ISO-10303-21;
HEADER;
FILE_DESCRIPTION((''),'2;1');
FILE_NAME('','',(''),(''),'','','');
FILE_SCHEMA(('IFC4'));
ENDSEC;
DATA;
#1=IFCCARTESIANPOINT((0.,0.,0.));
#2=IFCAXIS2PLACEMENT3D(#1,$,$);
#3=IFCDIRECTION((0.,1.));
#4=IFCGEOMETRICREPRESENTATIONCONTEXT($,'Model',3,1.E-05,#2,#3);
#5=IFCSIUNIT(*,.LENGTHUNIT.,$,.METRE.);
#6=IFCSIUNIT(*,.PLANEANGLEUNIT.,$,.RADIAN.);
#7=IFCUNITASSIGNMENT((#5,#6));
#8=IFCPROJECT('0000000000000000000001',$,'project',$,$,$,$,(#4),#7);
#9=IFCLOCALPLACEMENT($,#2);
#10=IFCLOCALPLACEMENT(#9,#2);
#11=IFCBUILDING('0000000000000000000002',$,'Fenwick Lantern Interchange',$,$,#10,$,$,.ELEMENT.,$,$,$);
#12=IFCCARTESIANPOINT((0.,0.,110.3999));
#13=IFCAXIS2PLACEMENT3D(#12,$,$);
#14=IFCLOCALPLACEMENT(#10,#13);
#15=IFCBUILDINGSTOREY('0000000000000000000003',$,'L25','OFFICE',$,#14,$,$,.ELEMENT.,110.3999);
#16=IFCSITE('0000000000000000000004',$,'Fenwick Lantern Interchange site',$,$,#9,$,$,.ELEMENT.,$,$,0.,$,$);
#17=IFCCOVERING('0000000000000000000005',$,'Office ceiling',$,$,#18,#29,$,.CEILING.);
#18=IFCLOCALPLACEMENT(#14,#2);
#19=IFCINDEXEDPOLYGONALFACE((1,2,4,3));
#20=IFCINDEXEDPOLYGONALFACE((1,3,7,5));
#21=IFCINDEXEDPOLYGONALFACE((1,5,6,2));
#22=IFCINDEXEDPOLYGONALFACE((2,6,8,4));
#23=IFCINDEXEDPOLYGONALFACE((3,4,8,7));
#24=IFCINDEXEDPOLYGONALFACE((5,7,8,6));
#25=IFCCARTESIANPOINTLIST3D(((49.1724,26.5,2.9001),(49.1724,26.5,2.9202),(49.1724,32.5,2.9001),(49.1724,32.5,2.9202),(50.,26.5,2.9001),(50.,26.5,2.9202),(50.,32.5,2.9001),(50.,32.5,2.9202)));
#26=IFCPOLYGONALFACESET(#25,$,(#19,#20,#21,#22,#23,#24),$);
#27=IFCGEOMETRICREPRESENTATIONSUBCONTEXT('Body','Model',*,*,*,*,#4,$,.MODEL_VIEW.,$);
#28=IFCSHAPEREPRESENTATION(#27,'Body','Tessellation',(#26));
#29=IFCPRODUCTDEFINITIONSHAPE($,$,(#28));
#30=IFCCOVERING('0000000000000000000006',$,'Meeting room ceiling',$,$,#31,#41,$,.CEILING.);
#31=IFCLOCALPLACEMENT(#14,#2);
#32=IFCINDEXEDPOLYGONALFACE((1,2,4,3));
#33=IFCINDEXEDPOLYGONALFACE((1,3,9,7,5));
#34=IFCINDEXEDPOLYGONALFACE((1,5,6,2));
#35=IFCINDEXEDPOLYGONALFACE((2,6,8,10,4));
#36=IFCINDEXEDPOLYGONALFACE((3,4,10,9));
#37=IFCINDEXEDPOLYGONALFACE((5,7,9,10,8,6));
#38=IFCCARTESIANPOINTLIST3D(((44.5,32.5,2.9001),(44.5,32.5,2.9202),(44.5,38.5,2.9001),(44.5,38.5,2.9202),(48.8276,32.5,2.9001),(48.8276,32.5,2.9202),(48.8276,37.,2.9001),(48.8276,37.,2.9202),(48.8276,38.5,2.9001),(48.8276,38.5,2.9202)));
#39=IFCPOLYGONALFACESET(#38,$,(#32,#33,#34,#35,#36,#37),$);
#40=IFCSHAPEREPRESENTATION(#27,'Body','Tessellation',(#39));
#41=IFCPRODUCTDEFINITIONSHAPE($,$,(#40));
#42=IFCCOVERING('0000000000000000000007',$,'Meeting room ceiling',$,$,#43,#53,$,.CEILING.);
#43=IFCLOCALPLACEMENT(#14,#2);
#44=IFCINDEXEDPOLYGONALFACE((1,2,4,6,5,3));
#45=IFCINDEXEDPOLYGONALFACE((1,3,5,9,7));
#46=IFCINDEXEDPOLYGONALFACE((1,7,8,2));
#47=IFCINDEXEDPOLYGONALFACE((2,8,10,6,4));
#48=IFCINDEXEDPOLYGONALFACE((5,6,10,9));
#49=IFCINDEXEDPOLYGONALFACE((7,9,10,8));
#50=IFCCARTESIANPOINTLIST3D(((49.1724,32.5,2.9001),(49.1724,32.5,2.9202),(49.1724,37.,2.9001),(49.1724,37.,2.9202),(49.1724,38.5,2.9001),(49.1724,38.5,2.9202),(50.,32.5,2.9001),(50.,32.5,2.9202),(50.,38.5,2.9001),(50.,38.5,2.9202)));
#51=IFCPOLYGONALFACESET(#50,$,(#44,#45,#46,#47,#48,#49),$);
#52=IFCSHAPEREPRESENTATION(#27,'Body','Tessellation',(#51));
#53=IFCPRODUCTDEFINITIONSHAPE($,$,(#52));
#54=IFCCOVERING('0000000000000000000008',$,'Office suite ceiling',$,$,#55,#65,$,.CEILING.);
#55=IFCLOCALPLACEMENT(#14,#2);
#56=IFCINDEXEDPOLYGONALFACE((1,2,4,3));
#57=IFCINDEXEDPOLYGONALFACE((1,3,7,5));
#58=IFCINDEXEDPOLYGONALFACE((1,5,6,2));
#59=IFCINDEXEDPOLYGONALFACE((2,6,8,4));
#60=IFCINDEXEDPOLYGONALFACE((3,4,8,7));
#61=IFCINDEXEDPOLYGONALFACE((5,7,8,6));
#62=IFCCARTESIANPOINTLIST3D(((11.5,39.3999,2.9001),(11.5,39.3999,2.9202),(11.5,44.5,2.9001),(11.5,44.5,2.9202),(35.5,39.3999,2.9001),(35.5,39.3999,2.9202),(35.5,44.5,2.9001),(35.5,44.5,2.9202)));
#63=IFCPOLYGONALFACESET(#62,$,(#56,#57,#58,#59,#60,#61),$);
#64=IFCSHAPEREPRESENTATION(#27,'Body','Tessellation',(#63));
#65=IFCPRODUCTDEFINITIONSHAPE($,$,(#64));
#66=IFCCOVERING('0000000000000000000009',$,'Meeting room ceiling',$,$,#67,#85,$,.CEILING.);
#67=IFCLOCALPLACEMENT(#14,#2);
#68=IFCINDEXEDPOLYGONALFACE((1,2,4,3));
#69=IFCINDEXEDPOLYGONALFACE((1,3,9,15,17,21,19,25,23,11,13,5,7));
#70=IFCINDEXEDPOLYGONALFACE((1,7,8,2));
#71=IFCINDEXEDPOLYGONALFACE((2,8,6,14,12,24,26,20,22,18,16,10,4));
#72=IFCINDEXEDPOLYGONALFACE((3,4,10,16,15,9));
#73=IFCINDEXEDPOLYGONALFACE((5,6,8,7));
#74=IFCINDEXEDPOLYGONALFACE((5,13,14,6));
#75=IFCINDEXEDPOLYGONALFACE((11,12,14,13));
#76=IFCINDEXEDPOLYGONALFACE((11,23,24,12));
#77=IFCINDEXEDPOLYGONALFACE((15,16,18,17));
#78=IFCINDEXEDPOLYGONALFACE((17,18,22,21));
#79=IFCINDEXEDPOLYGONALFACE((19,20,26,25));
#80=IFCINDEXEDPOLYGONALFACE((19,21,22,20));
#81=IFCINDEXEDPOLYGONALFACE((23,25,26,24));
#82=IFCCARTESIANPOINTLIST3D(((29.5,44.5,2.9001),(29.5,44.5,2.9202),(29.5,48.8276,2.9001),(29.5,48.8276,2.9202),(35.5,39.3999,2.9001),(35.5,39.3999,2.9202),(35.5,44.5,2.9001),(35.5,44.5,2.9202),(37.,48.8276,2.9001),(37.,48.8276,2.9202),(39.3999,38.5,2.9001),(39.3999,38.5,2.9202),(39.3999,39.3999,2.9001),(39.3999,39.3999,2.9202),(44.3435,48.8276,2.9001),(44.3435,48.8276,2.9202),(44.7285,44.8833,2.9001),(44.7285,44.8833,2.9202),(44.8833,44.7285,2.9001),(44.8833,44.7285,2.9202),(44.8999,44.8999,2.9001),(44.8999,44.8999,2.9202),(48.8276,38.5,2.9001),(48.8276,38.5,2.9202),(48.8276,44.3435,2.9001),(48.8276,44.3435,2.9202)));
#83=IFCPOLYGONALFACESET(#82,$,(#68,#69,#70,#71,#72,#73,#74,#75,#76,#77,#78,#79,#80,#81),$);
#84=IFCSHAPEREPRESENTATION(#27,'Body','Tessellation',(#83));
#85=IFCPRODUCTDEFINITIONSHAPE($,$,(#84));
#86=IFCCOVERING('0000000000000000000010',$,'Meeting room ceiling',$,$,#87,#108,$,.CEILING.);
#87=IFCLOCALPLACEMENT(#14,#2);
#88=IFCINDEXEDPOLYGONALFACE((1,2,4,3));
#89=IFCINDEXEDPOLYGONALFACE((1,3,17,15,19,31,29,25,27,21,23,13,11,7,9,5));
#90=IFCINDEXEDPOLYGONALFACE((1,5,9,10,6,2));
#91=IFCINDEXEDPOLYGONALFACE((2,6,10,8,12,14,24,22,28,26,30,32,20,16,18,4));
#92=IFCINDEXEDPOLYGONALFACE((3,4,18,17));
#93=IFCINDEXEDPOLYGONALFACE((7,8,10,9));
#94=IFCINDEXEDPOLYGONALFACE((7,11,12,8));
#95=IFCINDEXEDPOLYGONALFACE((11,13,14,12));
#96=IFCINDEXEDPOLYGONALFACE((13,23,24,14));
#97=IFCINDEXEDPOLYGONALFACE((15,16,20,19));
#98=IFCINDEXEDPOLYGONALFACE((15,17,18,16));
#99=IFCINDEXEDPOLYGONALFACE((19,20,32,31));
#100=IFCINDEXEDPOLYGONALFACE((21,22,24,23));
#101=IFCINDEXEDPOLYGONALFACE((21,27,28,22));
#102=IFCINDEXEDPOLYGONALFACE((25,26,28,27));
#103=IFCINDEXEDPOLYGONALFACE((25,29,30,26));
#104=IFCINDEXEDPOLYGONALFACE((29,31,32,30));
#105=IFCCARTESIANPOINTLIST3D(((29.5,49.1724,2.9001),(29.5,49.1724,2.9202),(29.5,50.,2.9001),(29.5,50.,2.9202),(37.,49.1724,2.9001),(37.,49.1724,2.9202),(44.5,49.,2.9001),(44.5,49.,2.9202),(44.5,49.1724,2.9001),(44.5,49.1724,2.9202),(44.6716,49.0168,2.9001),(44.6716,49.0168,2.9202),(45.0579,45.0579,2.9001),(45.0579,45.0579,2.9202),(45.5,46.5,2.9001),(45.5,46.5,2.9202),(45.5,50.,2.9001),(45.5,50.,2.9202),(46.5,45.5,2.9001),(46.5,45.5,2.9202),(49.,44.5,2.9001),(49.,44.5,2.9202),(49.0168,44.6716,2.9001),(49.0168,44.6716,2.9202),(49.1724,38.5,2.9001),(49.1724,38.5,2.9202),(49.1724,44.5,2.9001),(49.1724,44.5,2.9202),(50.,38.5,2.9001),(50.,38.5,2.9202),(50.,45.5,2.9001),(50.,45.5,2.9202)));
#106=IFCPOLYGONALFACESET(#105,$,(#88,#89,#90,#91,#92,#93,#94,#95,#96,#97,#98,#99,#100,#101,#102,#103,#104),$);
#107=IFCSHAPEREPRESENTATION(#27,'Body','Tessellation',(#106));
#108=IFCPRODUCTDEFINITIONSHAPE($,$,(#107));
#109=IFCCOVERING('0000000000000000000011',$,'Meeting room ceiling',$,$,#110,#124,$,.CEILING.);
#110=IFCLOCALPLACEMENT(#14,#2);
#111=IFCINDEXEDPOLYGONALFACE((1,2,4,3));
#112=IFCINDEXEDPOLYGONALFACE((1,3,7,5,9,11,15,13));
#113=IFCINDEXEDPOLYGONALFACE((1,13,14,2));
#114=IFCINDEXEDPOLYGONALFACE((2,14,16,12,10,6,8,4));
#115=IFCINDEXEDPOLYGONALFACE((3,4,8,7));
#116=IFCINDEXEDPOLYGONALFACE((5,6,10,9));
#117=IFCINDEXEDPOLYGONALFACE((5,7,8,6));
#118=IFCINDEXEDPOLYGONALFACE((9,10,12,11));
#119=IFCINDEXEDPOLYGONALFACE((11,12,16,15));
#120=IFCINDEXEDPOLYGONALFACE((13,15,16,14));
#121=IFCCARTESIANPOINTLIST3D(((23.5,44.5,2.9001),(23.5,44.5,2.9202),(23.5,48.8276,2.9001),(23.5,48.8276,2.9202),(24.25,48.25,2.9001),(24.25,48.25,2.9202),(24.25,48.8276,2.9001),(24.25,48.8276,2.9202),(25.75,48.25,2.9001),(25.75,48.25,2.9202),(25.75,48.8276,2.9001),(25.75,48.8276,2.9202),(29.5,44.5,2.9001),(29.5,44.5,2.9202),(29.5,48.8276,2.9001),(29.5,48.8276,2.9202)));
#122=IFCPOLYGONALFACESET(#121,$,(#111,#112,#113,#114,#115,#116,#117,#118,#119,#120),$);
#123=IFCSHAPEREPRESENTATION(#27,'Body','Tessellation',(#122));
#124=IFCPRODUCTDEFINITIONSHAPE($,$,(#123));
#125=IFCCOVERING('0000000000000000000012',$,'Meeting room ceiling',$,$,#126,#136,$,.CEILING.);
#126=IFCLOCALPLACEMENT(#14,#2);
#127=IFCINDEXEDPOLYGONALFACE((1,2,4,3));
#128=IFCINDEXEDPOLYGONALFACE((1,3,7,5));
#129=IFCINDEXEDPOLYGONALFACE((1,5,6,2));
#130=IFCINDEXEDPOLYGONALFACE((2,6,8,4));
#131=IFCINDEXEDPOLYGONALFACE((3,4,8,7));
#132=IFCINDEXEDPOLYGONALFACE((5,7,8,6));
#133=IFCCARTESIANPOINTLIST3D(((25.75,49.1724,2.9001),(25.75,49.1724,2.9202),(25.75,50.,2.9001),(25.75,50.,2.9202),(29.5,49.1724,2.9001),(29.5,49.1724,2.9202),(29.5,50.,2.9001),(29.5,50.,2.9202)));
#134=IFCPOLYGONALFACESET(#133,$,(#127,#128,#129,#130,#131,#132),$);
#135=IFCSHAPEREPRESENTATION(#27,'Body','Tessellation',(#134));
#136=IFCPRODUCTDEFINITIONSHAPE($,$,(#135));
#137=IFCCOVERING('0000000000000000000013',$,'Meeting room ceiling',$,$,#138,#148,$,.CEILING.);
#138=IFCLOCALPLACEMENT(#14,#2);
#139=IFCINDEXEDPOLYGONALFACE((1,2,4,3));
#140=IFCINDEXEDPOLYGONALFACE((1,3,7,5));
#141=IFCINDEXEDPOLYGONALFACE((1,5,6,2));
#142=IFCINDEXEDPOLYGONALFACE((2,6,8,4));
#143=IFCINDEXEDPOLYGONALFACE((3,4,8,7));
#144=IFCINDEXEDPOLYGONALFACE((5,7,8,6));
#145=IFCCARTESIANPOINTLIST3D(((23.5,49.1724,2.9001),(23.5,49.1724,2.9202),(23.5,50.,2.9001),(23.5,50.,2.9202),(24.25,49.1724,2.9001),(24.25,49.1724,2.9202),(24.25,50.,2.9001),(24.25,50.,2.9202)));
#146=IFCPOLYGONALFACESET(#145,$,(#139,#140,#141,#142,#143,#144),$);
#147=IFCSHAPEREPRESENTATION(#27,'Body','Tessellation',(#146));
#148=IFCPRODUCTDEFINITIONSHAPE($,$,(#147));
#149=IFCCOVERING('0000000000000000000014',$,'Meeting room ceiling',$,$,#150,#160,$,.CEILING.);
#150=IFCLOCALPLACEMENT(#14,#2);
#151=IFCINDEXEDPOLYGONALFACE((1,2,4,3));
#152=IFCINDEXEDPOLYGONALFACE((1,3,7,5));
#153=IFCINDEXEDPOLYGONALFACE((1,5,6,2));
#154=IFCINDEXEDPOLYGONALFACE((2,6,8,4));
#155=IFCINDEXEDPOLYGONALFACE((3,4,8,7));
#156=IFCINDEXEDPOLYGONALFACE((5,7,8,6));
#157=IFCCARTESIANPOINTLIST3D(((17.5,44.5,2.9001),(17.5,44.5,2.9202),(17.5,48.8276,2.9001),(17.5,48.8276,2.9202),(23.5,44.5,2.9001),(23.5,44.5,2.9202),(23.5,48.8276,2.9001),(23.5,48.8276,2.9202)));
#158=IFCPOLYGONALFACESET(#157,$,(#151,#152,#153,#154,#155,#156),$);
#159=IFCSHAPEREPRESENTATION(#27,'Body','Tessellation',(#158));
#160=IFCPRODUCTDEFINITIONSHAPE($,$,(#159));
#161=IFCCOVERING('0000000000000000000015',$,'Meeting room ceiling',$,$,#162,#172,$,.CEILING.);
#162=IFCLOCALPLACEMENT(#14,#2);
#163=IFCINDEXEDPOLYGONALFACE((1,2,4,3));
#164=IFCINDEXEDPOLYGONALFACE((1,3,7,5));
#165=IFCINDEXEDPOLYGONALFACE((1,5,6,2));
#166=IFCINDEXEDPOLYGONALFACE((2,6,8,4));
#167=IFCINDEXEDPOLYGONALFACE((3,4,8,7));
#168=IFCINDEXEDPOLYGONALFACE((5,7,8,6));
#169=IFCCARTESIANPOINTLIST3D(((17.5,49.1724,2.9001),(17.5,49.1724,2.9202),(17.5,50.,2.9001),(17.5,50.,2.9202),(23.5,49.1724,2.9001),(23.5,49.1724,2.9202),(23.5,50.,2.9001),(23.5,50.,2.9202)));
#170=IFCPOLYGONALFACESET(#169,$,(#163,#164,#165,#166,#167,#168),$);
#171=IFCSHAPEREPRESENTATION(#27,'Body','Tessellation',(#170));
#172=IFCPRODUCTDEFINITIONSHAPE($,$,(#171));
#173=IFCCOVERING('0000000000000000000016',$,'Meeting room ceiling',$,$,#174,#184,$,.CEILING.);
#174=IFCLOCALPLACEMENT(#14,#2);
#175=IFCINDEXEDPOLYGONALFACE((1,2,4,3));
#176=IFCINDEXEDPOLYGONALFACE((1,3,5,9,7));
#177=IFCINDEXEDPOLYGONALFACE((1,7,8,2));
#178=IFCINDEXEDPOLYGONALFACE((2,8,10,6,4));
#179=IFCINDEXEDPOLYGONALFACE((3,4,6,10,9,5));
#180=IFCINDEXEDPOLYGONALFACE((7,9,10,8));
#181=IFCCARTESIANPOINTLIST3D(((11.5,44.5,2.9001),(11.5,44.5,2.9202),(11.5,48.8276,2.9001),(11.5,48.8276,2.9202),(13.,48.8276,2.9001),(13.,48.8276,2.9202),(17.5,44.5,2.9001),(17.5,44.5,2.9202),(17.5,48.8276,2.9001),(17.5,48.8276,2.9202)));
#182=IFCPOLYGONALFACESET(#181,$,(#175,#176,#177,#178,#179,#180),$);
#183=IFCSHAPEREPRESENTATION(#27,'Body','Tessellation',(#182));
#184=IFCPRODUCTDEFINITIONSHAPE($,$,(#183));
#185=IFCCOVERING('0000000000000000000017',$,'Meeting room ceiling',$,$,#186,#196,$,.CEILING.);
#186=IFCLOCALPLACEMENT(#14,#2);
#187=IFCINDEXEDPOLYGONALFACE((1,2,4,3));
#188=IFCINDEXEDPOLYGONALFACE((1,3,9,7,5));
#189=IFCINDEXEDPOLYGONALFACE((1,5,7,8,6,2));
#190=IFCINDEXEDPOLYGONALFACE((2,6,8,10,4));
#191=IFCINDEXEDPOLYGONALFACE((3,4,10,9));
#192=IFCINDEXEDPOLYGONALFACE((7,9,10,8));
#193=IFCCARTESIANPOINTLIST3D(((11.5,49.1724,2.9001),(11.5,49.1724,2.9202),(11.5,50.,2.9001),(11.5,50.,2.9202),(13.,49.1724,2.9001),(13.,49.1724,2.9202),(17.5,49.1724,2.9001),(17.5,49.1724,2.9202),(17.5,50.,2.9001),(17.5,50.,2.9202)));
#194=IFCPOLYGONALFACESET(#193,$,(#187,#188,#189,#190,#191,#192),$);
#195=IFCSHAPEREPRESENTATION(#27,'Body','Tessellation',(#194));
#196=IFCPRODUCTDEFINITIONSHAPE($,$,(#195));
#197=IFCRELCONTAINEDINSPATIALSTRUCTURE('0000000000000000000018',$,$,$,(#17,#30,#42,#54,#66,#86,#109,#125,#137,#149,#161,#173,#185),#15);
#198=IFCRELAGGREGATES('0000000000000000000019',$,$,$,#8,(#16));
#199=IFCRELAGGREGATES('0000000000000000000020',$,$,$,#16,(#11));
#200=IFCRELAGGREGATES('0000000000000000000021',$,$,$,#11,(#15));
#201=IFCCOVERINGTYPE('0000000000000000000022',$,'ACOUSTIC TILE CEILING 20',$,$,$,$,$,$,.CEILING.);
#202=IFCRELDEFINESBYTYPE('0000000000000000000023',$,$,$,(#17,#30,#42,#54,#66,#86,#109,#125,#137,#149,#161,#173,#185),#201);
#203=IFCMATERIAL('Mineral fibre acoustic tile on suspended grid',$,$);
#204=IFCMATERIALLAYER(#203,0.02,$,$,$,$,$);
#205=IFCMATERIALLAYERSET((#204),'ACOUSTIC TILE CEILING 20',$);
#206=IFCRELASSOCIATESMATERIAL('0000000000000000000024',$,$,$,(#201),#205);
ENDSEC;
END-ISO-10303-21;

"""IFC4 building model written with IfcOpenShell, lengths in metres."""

from ifc_helpers import new_model, si_unit, direction, frame, origin, place, context, subcontext, project, spatial, polyline, outline, extrude, material, layer, layer_set, type_object, element, save


model = new_model("IFC4")

# Units and contexts
model_context = context("Model", 3, precision=1e-05, world=origin(), true_north=direction((0.0, 1.0)))
body_context = subcontext(model_context, "Body", "Model", "MODEL_VIEW")
ifc_project = project(units=[si_unit("LENGTHUNIT", "METRE"), si_unit("PLANEANGLEUNIT", "RADIAN")], contexts=[model_context])

# Site, building, storey
site_placement = place(None, origin())
site = spatial("IfcSite", under=ifc_project, at=site_placement, Name="Fenwick Lantern Interchange site", CompositionType="ELEMENT", RefElevation=0.0)
building_placement = place(site_placement, origin())
building = spatial("IfcBuilding", under=site, at=building_placement, Name="Fenwick Lantern Interchange", CompositionType="ELEMENT")
storey_placement = place(building_placement, frame((0.0, 0.0, 110.3999)))
storey = spatial("IfcBuildingStorey", under=building, at=storey_placement, Name="L25", Description="OFFICE", CompositionType="ELEMENT", Elevation=110.3999)

# Coverings
ifc_material = material(Name="Mineral fibre acoustic tile on suspended grid")
ifc_layer = layer(ifc_material, 0.02)
ifc_layer_set = layer_set([ifc_layer], Name="ACOUSTIC TILE CEILING 20")
covering_type = type_object("IfcCoveringType", Name="ACOUSTIC TILE CEILING 20", PredefinedType="CEILING", material=ifc_layer_set)
covering_1_placement = place(storey_placement, frame((0.0, 0.0, 2.9001)))
element("IfcCovering", 1, at=covering_1_placement, inside=storey, type_object=covering_type, Name="Office ceiling", PredefinedType="CEILING", context=body_context, shape_type="SweptSolid", body=[
    extrude(outline(polyline([(50.0, 32.5), (49.1724, 32.5), (49.1724, 26.5), (50.0, 26.5), (50.0, 32.5)])), origin(), (0.0, 0.0, 1.0), 0.02),
])
covering_2_placement = place(storey_placement, frame((0.0, 0.0, 2.9001)))
element("IfcCovering", 2, at=covering_2_placement, inside=storey, type_object=covering_type, Name="Meeting room ceiling", PredefinedType="CEILING", context=body_context, shape_type="SweptSolid", body=[
    extrude(outline(polyline([(44.5, 32.5), (48.8276, 32.5), (48.8276, 37.0), (48.8276, 38.5), (44.5, 38.5), (44.5, 32.5)])), origin(), (0.0, 0.0, 1.0), 0.02),
])
covering_3_placement = place(storey_placement, frame((0.0, 0.0, 2.9001)))
element("IfcCovering", 3, at=covering_3_placement, inside=storey, type_object=covering_type, Name="Meeting room ceiling", PredefinedType="CEILING", context=body_context, shape_type="SweptSolid", body=[
    extrude(outline(polyline([(50.0, 38.5), (49.1724, 38.5), (49.1724, 37.0), (49.1724, 32.5), (50.0, 32.5), (50.0, 38.5)])), origin(), (0.0, 0.0, 1.0), 0.02),
])
covering_4_placement = place(storey_placement, frame((0.0, 0.0, 2.9001)))
element("IfcCovering", 4, at=covering_4_placement, inside=storey, type_object=covering_type, Name="Office suite ceiling", PredefinedType="CEILING", context=body_context, shape_type="SweptSolid", body=[
    extrude(outline(polyline([(35.5, 39.3999), (35.5, 44.5), (11.5, 44.5), (11.5, 39.3999), (35.5, 39.3999)])), origin(), (0.0, 0.0, 1.0), 0.02),
])
covering_5_placement = place(storey_placement, frame((0.0, 0.0, 2.9001)))
element("IfcCovering", 5, at=covering_5_placement, inside=storey, type_object=covering_type, Name="Meeting room ceiling", PredefinedType="CEILING", context=body_context, shape_type="SweptSolid", body=[
    extrude(outline(polyline([(29.5, 48.8276), (29.5, 44.5), (35.5, 44.5), (35.5, 39.3999), (39.3999, 39.3999), (39.3999, 38.5), (48.8276, 38.5), (48.8276, 44.3435), (44.8833, 44.7285), (44.8999, 44.8999), (44.7285, 44.8833), (44.3435, 48.8276), (37.0, 48.8276), (29.5, 48.8276)])), origin(), (0.0, 0.0, 1.0), 0.02),
])
covering_6_placement = place(storey_placement, frame((0.0, 0.0, 2.9001)))
element("IfcCovering", 6, at=covering_6_placement, inside=storey, type_object=covering_type, Name="Meeting room ceiling", PredefinedType="CEILING", context=body_context, shape_type="SweptSolid", body=[
    extrude(outline(polyline([(29.5, 50.0), (29.5, 49.1724), (37.0, 49.1724), (44.5, 49.1724), (44.5, 49.0), (44.6716, 49.0168), (45.0579, 45.0579), (49.0168, 44.6716), (49.0, 44.5), (49.1724, 44.5), (49.1724, 38.5), (50.0, 38.5), (50.0, 45.5), (46.5, 45.5), (45.5, 46.5), (45.5, 50.0), (29.5, 50.0)])), origin(), (0.0, 0.0, 1.0), 0.02),
])
covering_7_placement = place(storey_placement, frame((0.0, 0.0, 2.9001)))
element("IfcCovering", 7, at=covering_7_placement, inside=storey, type_object=covering_type, Name="Meeting room ceiling", PredefinedType="CEILING", context=body_context, shape_type="SweptSolid", body=[
    extrude(outline(polyline([(29.5, 44.5), (29.5, 48.8276), (25.75, 48.8276), (25.75, 48.25), (24.25, 48.25), (24.25, 48.8276), (23.5, 48.8276), (23.5, 44.5), (29.5, 44.5)])), origin(), (0.0, 0.0, 1.0), 0.02),
])
covering_8_placement = place(storey_placement, frame((0.0, 0.0, 2.9001)))
element("IfcCovering", 8, at=covering_8_placement, inside=storey, type_object=covering_type, Name="Meeting room ceiling", PredefinedType="CEILING", context=body_context, shape_type="SweptSolid", body=[
    extrude(outline(polyline([(29.5, 49.1724), (29.5, 50.0), (25.75, 50.0), (25.75, 49.1724), (29.5, 49.1724)])), origin(), (0.0, 0.0, 1.0), 0.02),
])
covering_9_placement = place(storey_placement, frame((0.0, 0.0, 2.9001)))
element("IfcCovering", 9, at=covering_9_placement, inside=storey, type_object=covering_type, Name="Meeting room ceiling", PredefinedType="CEILING", context=body_context, shape_type="SweptSolid", body=[
    extrude(outline(polyline([(23.5, 50.0), (23.5, 49.1724), (24.25, 49.1724), (24.25, 50.0), (23.5, 50.0)])), origin(), (0.0, 0.0, 1.0), 0.02),
])
covering_10_placement = place(storey_placement, frame((0.0, 0.0, 2.9001)))
element("IfcCovering", 10, at=covering_10_placement, inside=storey, type_object=covering_type, Name="Meeting room ceiling", PredefinedType="CEILING", context=body_context, shape_type="SweptSolid", body=[
    extrude(outline(polyline([(23.5, 44.5), (23.5, 48.8276), (17.5, 48.8276), (17.5, 44.5), (23.5, 44.5)])), origin(), (0.0, 0.0, 1.0), 0.02),
])
covering_11_placement = place(storey_placement, frame((0.0, 0.0, 2.9001)))
element("IfcCovering", 11, at=covering_11_placement, inside=storey, type_object=covering_type, Name="Meeting room ceiling", PredefinedType="CEILING", context=body_context, shape_type="SweptSolid", body=[
    extrude(outline(polyline([(17.5, 50.0), (17.5, 49.1724), (23.5, 49.1724), (23.5, 50.0), (17.5, 50.0)])), origin(), (0.0, 0.0, 1.0), 0.02),
])
covering_12_placement = place(storey_placement, frame((0.0, 0.0, 2.9001)))
element("IfcCovering", 12, at=covering_12_placement, inside=storey, type_object=covering_type, Name="Meeting room ceiling", PredefinedType="CEILING", context=body_context, shape_type="SweptSolid", body=[
    extrude(outline(polyline([(17.5, 44.5), (17.5, 48.8276), (13.0, 48.8276), (11.5, 48.8276), (11.5, 44.5), (17.5, 44.5)])), origin(), (0.0, 0.0, 1.0), 0.02),
])
covering_13_placement = place(storey_placement, frame((0.0, 0.0, 2.9001)))
element("IfcCovering", 13, at=covering_13_placement, inside=storey, type_object=covering_type, Name="Meeting room ceiling", PredefinedType="CEILING", context=body_context, shape_type="SweptSolid", body=[
    extrude(outline(polyline([(11.5, 50.0), (11.5, 49.1724), (13.0, 49.1724), (17.5, 49.1724), (17.5, 50.0), (11.5, 50.0)])), origin(), (0.0, 0.0, 1.0), 0.02),
])

save(model, "model.ifc")
